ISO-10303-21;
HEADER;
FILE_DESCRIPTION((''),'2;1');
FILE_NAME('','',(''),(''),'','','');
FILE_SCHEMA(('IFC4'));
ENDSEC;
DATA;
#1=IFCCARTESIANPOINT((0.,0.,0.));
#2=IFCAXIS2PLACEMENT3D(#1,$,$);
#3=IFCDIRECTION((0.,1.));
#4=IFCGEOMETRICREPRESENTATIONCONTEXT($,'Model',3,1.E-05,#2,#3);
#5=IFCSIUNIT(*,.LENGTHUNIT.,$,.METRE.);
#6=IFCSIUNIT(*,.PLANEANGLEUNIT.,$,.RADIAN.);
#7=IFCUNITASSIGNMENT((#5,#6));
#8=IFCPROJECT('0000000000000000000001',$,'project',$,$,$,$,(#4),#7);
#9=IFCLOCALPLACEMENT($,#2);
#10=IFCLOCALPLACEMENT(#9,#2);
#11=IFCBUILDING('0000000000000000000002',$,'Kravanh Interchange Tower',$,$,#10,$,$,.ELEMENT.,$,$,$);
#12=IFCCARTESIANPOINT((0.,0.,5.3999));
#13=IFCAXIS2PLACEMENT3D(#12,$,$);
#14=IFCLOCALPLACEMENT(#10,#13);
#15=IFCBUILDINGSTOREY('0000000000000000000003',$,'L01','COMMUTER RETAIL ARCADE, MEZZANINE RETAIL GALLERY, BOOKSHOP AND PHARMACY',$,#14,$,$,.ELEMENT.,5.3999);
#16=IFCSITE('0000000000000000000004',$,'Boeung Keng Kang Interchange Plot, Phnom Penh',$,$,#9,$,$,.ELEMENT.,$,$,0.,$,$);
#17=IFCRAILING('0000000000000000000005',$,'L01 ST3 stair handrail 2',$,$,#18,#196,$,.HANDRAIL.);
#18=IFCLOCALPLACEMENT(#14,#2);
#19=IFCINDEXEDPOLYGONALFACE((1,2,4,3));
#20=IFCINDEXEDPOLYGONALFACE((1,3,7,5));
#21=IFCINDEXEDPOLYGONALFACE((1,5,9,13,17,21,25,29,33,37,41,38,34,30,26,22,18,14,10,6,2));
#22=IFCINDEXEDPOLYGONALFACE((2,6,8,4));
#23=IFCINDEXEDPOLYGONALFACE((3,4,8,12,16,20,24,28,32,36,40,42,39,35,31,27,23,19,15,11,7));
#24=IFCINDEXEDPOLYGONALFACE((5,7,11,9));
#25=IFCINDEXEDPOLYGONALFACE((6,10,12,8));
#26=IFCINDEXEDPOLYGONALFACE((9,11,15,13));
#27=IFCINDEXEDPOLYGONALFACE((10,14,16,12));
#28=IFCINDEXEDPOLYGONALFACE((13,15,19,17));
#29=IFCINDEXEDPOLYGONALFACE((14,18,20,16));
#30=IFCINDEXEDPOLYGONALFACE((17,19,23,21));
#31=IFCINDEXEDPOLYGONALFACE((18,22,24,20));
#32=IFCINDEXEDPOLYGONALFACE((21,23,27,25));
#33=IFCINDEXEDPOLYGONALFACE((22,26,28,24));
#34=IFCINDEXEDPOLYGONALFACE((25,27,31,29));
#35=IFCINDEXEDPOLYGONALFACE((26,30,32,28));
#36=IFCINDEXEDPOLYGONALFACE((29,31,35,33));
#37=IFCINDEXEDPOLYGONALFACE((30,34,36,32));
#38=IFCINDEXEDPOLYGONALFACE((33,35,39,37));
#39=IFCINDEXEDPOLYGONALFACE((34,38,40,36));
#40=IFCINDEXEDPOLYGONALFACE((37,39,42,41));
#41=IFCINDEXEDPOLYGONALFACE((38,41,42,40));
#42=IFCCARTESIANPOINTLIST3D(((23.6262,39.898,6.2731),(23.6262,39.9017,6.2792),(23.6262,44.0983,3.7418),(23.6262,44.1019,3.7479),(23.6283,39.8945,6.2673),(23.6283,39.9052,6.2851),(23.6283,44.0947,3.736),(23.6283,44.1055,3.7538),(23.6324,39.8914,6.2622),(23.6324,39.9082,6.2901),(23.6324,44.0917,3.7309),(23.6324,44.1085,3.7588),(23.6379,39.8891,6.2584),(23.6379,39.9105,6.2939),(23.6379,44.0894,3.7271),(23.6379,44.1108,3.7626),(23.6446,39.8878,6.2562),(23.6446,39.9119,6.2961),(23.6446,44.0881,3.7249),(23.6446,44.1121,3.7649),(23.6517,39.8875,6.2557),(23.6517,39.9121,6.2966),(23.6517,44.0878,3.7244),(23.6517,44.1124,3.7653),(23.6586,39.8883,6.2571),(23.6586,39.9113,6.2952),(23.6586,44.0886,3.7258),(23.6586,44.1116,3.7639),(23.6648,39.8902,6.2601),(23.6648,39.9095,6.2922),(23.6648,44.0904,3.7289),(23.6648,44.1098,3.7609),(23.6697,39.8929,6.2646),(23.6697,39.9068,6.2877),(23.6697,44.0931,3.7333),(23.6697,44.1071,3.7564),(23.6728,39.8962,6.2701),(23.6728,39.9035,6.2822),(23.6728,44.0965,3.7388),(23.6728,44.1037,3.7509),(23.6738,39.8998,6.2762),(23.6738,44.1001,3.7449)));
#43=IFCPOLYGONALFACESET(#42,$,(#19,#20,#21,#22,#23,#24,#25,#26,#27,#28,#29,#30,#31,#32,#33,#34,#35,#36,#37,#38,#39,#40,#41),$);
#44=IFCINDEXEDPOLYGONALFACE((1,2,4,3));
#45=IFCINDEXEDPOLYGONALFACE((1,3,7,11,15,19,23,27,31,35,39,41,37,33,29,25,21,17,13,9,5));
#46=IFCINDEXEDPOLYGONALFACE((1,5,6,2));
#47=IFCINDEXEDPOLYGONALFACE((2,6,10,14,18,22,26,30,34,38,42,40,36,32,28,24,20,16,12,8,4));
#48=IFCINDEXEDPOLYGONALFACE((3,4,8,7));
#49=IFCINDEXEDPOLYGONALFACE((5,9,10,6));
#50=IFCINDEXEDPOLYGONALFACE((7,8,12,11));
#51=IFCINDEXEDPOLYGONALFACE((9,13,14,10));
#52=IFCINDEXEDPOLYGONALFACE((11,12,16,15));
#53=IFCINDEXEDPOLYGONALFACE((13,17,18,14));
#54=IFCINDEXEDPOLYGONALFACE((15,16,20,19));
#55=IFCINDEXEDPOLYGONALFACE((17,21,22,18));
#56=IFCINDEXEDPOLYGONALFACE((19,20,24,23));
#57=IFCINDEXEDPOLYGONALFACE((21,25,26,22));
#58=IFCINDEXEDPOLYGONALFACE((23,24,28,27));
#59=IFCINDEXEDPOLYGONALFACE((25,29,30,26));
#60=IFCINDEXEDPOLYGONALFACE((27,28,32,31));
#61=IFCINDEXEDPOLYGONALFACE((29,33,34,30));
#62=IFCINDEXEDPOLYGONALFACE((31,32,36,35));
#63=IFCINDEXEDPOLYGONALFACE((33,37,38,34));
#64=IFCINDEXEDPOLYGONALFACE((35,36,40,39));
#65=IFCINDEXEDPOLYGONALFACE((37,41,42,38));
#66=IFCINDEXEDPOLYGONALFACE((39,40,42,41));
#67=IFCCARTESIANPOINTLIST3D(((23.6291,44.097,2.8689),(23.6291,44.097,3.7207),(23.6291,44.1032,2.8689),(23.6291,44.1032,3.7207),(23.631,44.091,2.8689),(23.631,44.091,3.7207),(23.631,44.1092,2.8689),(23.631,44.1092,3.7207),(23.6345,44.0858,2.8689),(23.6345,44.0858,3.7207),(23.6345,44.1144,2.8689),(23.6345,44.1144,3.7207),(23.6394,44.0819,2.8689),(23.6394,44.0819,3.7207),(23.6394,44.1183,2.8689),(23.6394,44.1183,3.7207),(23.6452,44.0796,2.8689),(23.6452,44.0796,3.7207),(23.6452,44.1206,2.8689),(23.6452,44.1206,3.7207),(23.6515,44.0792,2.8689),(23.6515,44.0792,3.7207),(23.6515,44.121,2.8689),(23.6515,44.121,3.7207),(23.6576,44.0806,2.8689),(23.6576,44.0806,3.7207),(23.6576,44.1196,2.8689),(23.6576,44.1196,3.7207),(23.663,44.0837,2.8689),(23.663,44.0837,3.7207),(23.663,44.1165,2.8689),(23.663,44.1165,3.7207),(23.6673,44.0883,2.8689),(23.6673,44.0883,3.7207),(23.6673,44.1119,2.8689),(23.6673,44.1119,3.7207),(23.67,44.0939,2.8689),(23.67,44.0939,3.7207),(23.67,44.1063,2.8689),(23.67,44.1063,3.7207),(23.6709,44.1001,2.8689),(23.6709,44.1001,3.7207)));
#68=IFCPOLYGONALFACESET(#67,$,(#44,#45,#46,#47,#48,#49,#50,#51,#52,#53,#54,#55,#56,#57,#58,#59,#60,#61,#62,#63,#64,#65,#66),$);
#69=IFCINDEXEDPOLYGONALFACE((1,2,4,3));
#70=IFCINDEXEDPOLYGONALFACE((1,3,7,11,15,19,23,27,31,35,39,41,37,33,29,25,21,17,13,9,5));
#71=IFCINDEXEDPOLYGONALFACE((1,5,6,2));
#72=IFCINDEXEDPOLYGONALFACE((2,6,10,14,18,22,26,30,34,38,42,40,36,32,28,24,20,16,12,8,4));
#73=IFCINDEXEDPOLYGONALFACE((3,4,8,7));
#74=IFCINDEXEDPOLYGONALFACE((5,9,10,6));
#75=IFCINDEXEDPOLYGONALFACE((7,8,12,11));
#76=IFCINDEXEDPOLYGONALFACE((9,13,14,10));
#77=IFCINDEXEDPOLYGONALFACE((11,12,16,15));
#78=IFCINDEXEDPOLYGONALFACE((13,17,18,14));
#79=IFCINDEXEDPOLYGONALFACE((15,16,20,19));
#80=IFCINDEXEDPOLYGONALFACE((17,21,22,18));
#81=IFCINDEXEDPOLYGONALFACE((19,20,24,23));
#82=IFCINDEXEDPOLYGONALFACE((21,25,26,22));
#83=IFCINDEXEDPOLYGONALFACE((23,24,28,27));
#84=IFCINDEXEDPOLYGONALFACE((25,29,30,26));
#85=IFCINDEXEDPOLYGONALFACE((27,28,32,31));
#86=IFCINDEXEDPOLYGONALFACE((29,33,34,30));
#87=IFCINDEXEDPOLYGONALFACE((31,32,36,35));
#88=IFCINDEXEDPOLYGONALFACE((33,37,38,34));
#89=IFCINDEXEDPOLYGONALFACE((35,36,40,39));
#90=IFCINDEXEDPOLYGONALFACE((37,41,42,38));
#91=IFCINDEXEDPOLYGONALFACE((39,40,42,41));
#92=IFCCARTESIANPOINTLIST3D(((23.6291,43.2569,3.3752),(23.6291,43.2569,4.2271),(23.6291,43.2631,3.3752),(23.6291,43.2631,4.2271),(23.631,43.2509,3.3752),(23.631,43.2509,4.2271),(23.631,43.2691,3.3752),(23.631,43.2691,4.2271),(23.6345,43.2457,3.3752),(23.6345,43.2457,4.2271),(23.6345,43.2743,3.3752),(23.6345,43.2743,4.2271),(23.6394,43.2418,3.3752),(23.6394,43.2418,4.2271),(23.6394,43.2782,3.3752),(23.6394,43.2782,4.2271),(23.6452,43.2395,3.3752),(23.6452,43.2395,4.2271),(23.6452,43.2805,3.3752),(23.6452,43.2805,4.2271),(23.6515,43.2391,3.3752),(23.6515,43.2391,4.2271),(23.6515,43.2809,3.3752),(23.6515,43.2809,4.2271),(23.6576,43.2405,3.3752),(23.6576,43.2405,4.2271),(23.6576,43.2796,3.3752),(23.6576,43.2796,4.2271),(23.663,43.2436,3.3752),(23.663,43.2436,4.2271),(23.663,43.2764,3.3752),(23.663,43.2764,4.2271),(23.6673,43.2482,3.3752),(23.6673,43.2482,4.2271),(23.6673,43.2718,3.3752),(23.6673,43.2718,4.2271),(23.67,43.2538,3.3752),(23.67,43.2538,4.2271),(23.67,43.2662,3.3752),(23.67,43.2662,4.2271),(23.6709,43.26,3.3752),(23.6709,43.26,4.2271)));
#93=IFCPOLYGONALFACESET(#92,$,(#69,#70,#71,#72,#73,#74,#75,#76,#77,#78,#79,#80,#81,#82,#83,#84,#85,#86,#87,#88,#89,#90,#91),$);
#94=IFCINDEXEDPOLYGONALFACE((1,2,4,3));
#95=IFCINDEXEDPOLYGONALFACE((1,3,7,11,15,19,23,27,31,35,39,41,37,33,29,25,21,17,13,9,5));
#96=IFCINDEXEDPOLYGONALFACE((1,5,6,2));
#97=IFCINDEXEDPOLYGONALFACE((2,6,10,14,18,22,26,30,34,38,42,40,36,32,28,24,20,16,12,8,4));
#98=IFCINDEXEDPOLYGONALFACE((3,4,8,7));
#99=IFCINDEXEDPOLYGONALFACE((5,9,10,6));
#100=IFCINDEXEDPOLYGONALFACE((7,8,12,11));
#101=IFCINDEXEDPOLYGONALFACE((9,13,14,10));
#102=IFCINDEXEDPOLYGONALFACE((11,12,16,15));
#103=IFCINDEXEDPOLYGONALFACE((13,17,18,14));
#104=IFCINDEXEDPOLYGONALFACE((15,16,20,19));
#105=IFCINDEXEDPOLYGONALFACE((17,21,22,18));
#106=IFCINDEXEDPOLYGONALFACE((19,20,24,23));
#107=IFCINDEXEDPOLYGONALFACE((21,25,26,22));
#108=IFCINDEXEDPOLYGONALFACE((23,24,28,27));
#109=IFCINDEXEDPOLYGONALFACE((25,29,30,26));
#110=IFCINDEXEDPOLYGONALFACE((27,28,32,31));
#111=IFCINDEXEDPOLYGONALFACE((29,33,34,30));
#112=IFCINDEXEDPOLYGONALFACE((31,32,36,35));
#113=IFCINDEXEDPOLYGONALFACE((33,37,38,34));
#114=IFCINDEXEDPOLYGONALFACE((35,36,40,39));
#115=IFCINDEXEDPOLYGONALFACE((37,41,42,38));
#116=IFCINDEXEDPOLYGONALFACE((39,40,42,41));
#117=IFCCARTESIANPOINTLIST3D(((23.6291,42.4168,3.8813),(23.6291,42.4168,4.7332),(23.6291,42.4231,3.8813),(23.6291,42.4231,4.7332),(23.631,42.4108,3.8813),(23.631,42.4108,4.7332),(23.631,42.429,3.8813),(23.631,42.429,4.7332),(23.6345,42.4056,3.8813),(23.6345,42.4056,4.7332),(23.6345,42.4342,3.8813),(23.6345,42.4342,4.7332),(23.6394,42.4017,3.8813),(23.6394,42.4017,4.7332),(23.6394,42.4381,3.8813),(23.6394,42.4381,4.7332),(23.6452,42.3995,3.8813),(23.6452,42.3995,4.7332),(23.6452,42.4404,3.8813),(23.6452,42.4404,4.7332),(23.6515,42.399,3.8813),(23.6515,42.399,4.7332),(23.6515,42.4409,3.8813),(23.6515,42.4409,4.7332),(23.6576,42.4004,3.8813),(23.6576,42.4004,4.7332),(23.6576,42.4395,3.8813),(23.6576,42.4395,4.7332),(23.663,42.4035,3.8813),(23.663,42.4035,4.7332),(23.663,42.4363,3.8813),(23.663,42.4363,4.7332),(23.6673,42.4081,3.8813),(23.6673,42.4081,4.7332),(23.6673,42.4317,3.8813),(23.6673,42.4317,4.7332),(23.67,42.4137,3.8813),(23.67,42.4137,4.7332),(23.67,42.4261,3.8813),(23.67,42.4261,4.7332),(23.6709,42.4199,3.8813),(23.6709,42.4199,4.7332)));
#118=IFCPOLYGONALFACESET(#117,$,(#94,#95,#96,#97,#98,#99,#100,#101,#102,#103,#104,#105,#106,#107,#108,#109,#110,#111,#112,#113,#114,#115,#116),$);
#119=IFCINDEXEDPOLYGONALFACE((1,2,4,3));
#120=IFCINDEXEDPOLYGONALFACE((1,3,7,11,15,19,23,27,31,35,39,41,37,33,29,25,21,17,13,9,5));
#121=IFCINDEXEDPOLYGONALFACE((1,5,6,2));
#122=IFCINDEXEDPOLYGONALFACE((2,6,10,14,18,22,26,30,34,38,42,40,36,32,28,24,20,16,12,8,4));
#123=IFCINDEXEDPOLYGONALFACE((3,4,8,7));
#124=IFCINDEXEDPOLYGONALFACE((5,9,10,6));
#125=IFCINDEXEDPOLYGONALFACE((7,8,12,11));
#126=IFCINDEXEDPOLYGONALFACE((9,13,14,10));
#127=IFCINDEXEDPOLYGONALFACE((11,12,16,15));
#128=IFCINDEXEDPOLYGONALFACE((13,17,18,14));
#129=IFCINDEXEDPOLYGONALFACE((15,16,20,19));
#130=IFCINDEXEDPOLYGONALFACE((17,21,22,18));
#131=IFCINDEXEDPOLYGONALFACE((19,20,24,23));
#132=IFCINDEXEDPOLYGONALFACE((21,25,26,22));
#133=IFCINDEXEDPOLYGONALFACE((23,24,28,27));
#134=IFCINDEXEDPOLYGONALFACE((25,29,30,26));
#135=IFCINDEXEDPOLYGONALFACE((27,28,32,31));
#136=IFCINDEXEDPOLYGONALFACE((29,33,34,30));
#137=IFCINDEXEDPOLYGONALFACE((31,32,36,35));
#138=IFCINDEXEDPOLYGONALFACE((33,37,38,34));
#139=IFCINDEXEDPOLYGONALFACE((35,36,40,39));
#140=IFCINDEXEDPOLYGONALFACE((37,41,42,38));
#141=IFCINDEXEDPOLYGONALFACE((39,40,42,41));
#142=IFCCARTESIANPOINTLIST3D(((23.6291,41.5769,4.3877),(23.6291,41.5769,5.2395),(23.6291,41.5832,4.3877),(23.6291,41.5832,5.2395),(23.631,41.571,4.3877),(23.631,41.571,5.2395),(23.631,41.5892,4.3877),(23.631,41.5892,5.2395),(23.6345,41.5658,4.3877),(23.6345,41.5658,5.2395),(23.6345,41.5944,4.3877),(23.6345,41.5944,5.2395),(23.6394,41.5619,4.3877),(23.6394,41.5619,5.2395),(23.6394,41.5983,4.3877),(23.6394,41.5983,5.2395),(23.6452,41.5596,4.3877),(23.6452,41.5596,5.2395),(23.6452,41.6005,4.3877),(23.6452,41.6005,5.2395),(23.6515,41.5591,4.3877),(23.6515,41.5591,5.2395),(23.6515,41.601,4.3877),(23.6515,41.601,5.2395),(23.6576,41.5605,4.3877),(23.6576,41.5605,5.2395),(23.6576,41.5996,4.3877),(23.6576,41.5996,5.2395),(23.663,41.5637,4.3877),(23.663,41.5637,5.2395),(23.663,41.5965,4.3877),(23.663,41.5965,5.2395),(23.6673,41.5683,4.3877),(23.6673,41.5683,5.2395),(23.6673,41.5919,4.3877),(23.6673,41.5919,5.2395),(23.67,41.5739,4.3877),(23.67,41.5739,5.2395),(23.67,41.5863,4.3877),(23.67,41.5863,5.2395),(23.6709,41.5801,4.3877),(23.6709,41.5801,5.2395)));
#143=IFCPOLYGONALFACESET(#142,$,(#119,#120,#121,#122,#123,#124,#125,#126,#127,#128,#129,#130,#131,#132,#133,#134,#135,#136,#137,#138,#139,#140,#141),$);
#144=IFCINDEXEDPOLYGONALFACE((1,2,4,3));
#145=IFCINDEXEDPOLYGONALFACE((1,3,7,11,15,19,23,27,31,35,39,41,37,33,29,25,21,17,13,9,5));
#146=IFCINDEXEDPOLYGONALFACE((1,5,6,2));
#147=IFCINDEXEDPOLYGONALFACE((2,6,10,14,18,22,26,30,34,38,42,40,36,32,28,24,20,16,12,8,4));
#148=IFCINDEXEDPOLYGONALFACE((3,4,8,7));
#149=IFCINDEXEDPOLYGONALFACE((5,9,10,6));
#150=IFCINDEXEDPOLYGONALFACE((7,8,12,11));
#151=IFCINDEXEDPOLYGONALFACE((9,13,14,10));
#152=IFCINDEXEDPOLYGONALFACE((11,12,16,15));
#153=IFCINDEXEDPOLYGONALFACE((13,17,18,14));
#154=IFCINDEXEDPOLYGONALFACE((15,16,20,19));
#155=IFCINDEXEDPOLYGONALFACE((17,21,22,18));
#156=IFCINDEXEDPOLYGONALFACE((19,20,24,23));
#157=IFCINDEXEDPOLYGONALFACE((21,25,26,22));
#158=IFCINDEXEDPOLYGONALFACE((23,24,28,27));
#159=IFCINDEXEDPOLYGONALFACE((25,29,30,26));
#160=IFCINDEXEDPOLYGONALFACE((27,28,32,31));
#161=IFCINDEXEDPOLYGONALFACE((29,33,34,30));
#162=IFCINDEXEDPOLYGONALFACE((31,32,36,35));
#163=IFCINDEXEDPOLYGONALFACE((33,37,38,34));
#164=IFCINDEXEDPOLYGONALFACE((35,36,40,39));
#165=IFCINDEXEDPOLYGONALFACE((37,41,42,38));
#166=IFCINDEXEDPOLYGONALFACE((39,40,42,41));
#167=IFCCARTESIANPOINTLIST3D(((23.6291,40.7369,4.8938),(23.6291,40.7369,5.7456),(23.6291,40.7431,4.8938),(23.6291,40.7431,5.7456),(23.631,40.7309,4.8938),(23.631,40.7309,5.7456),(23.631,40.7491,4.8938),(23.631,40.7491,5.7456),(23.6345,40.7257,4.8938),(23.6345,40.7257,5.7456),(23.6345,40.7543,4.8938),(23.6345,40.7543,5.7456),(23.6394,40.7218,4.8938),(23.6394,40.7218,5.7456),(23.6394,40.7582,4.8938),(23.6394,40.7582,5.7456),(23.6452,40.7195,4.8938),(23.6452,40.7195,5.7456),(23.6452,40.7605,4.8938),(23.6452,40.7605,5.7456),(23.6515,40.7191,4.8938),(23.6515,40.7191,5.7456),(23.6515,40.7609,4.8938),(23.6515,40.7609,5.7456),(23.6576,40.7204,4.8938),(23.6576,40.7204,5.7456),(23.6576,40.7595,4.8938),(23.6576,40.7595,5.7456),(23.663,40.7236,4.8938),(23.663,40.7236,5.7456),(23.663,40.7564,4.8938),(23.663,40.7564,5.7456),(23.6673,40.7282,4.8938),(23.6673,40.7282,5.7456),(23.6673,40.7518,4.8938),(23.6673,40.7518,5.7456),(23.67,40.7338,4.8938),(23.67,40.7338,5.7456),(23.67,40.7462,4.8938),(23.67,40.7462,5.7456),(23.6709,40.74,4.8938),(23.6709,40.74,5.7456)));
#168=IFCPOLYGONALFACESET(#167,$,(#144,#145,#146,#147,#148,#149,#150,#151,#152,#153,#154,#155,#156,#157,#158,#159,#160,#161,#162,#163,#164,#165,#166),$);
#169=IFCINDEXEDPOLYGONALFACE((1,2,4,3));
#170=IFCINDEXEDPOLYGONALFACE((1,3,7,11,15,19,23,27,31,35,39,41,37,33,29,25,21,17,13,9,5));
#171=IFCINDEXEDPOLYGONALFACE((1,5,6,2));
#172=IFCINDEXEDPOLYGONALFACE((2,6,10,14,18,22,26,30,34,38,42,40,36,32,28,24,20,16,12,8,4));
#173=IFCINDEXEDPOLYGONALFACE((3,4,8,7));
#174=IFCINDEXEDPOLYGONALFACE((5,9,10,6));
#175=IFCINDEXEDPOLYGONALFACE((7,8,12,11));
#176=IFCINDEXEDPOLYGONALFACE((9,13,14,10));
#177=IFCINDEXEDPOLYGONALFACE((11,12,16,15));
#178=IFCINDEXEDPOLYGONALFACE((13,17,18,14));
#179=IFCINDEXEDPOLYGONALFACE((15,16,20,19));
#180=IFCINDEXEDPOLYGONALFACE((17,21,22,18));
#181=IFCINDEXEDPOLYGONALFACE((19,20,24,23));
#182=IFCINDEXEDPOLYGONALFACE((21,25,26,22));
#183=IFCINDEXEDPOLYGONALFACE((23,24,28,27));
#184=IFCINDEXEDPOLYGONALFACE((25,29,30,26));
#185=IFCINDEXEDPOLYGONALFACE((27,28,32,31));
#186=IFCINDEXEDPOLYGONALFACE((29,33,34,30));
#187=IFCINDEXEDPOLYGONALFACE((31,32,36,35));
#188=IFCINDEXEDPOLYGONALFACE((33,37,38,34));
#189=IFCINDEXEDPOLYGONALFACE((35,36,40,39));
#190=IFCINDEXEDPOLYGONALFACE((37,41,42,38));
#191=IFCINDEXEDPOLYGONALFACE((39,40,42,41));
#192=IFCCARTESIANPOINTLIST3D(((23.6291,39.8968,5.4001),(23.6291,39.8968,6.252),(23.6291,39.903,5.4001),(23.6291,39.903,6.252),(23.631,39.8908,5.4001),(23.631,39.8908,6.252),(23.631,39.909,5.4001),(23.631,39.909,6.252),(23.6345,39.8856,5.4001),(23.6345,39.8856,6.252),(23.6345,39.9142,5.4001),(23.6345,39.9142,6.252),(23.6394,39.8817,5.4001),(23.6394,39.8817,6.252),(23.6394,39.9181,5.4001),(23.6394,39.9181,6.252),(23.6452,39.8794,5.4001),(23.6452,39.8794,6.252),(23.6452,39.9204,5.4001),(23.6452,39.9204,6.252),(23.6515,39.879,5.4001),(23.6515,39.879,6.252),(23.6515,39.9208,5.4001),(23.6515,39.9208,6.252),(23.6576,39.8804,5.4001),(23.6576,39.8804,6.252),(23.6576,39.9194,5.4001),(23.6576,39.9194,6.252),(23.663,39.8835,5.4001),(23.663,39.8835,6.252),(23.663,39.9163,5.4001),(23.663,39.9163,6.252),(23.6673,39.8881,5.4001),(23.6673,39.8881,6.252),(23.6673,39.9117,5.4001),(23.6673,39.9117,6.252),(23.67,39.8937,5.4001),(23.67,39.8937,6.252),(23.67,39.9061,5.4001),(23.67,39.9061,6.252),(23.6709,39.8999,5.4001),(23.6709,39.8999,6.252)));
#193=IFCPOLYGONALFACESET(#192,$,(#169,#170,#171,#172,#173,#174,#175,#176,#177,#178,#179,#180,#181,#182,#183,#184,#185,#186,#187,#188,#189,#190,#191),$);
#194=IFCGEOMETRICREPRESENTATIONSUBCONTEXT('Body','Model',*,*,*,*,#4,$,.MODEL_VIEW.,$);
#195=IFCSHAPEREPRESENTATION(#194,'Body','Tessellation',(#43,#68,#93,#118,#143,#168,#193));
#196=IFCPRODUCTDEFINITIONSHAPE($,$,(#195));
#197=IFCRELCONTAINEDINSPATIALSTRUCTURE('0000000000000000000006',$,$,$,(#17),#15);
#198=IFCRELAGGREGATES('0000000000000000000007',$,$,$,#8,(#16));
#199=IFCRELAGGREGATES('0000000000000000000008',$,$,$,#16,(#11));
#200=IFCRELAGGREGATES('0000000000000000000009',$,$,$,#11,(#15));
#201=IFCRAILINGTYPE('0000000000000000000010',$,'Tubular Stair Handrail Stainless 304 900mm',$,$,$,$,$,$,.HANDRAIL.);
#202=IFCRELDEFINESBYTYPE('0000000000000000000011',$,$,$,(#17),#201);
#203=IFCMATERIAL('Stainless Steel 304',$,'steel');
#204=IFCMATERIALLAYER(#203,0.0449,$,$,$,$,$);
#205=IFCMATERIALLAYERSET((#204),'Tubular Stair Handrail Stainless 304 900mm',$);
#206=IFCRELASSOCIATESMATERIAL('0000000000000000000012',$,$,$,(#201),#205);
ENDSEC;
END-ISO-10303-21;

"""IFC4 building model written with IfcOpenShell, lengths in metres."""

from ifc_helpers import new_model, si_unit, direction, frame, origin, origin_2d, place, context, subcontext, project, spatial, circle, extrude, material, layer, layer_set, type_object, element, save


model = new_model("IFC4")

# Units and contexts
model_context = context("Model", 3, precision=1e-05, world=origin(), true_north=direction((0.0, 1.0)))
body_context = subcontext(model_context, "Body", "Model", "MODEL_VIEW")
ifc_project = project(units=[si_unit("LENGTHUNIT", "METRE"), si_unit("PLANEANGLEUNIT", "RADIAN")], contexts=[model_context])

# Site, building, storey
site_placement = place(None, origin())
site = spatial("IfcSite", under=ifc_project, at=site_placement, Name="Boeung Keng Kang Interchange Plot, Phnom Penh", CompositionType="ELEMENT", RefElevation=0.0)
building_placement = place(site_placement, origin())
building = spatial("IfcBuilding", under=site, at=building_placement, Name="Kravanh Interchange Tower", CompositionType="ELEMENT")
storey_placement = place(building_placement, frame((0.0, 0.0, 5.3999)))
storey = spatial("IfcBuildingStorey", under=building, at=storey_placement, Name="L01", Description="COMMUTER RETAIL ARCADE, MEZZANINE RETAIL GALLERY, BOOKSHOP AND PHARMACY", CompositionType="ELEMENT", Elevation=5.3999)

# Railing
ifc_material_1 = material(Name="Stainless Steel 304", Category="steel")
ifc_layer_1 = layer(ifc_material_1, 0.0449)
ifc_layer_set_1 = layer_set([ifc_layer_1], Name="Tubular Stair Handrail Stainless 304 900mm")
railing_type_1 = type_object("IfcRailingType", Name="Tubular Stair Handrail Stainless 304 900mm", PredefinedType="HANDRAIL", material=ifc_layer_set_1)
railing_1_placement = place(storey_placement, frame((23.6499, 44.1001, 2.8689)))
element("IfcRailing", 1, at=railing_1_placement, inside=storey, type_object=railing_type_1, Name="L01 ST3 stair handrail 2", PredefinedType="HANDRAIL", context=body_context, shape_type="SweptSolid", body=[
    extrude(circle(Radius=0.0239, at=origin_2d()), frame((0.0, 0.0, 0.876), z_axis=(0.0, -0.85649, 0.516164), x_axis=(1.0, 0.0, 0.0)), (0.0, 0.0, 1.0), 4.9041),
    extrude(circle(Radius=0.021, at=origin_2d()), origin(), (0.0, 0.0, 1.0), 0.8518),
    extrude(circle(Radius=0.021, at=origin_2d()), frame((0.0, -0.8401, 0.5063)), (0.0, 0.0, 1.0), 0.8518),
    extrude(circle(Radius=0.021, at=origin_2d()), frame((0.0, -1.6802, 1.0125)), (0.0, 0.0, 1.0), 0.8518),
    extrude(circle(Radius=0.021, at=origin_2d()), frame((0.0, -2.52, 1.5188)), (0.0, 0.0, 1.0), 0.8518),
    extrude(circle(Radius=0.021, at=origin_2d()), frame((0.0, -3.3601, 2.0249)), (0.0, 0.0, 1.0), 0.8518),
    extrude(circle(Radius=0.021, at=origin_2d()), frame((0.0, -4.2002, 2.5312)), (0.0, 0.0, 1.0), 0.8518),
])

save(model, "model.ifc")
